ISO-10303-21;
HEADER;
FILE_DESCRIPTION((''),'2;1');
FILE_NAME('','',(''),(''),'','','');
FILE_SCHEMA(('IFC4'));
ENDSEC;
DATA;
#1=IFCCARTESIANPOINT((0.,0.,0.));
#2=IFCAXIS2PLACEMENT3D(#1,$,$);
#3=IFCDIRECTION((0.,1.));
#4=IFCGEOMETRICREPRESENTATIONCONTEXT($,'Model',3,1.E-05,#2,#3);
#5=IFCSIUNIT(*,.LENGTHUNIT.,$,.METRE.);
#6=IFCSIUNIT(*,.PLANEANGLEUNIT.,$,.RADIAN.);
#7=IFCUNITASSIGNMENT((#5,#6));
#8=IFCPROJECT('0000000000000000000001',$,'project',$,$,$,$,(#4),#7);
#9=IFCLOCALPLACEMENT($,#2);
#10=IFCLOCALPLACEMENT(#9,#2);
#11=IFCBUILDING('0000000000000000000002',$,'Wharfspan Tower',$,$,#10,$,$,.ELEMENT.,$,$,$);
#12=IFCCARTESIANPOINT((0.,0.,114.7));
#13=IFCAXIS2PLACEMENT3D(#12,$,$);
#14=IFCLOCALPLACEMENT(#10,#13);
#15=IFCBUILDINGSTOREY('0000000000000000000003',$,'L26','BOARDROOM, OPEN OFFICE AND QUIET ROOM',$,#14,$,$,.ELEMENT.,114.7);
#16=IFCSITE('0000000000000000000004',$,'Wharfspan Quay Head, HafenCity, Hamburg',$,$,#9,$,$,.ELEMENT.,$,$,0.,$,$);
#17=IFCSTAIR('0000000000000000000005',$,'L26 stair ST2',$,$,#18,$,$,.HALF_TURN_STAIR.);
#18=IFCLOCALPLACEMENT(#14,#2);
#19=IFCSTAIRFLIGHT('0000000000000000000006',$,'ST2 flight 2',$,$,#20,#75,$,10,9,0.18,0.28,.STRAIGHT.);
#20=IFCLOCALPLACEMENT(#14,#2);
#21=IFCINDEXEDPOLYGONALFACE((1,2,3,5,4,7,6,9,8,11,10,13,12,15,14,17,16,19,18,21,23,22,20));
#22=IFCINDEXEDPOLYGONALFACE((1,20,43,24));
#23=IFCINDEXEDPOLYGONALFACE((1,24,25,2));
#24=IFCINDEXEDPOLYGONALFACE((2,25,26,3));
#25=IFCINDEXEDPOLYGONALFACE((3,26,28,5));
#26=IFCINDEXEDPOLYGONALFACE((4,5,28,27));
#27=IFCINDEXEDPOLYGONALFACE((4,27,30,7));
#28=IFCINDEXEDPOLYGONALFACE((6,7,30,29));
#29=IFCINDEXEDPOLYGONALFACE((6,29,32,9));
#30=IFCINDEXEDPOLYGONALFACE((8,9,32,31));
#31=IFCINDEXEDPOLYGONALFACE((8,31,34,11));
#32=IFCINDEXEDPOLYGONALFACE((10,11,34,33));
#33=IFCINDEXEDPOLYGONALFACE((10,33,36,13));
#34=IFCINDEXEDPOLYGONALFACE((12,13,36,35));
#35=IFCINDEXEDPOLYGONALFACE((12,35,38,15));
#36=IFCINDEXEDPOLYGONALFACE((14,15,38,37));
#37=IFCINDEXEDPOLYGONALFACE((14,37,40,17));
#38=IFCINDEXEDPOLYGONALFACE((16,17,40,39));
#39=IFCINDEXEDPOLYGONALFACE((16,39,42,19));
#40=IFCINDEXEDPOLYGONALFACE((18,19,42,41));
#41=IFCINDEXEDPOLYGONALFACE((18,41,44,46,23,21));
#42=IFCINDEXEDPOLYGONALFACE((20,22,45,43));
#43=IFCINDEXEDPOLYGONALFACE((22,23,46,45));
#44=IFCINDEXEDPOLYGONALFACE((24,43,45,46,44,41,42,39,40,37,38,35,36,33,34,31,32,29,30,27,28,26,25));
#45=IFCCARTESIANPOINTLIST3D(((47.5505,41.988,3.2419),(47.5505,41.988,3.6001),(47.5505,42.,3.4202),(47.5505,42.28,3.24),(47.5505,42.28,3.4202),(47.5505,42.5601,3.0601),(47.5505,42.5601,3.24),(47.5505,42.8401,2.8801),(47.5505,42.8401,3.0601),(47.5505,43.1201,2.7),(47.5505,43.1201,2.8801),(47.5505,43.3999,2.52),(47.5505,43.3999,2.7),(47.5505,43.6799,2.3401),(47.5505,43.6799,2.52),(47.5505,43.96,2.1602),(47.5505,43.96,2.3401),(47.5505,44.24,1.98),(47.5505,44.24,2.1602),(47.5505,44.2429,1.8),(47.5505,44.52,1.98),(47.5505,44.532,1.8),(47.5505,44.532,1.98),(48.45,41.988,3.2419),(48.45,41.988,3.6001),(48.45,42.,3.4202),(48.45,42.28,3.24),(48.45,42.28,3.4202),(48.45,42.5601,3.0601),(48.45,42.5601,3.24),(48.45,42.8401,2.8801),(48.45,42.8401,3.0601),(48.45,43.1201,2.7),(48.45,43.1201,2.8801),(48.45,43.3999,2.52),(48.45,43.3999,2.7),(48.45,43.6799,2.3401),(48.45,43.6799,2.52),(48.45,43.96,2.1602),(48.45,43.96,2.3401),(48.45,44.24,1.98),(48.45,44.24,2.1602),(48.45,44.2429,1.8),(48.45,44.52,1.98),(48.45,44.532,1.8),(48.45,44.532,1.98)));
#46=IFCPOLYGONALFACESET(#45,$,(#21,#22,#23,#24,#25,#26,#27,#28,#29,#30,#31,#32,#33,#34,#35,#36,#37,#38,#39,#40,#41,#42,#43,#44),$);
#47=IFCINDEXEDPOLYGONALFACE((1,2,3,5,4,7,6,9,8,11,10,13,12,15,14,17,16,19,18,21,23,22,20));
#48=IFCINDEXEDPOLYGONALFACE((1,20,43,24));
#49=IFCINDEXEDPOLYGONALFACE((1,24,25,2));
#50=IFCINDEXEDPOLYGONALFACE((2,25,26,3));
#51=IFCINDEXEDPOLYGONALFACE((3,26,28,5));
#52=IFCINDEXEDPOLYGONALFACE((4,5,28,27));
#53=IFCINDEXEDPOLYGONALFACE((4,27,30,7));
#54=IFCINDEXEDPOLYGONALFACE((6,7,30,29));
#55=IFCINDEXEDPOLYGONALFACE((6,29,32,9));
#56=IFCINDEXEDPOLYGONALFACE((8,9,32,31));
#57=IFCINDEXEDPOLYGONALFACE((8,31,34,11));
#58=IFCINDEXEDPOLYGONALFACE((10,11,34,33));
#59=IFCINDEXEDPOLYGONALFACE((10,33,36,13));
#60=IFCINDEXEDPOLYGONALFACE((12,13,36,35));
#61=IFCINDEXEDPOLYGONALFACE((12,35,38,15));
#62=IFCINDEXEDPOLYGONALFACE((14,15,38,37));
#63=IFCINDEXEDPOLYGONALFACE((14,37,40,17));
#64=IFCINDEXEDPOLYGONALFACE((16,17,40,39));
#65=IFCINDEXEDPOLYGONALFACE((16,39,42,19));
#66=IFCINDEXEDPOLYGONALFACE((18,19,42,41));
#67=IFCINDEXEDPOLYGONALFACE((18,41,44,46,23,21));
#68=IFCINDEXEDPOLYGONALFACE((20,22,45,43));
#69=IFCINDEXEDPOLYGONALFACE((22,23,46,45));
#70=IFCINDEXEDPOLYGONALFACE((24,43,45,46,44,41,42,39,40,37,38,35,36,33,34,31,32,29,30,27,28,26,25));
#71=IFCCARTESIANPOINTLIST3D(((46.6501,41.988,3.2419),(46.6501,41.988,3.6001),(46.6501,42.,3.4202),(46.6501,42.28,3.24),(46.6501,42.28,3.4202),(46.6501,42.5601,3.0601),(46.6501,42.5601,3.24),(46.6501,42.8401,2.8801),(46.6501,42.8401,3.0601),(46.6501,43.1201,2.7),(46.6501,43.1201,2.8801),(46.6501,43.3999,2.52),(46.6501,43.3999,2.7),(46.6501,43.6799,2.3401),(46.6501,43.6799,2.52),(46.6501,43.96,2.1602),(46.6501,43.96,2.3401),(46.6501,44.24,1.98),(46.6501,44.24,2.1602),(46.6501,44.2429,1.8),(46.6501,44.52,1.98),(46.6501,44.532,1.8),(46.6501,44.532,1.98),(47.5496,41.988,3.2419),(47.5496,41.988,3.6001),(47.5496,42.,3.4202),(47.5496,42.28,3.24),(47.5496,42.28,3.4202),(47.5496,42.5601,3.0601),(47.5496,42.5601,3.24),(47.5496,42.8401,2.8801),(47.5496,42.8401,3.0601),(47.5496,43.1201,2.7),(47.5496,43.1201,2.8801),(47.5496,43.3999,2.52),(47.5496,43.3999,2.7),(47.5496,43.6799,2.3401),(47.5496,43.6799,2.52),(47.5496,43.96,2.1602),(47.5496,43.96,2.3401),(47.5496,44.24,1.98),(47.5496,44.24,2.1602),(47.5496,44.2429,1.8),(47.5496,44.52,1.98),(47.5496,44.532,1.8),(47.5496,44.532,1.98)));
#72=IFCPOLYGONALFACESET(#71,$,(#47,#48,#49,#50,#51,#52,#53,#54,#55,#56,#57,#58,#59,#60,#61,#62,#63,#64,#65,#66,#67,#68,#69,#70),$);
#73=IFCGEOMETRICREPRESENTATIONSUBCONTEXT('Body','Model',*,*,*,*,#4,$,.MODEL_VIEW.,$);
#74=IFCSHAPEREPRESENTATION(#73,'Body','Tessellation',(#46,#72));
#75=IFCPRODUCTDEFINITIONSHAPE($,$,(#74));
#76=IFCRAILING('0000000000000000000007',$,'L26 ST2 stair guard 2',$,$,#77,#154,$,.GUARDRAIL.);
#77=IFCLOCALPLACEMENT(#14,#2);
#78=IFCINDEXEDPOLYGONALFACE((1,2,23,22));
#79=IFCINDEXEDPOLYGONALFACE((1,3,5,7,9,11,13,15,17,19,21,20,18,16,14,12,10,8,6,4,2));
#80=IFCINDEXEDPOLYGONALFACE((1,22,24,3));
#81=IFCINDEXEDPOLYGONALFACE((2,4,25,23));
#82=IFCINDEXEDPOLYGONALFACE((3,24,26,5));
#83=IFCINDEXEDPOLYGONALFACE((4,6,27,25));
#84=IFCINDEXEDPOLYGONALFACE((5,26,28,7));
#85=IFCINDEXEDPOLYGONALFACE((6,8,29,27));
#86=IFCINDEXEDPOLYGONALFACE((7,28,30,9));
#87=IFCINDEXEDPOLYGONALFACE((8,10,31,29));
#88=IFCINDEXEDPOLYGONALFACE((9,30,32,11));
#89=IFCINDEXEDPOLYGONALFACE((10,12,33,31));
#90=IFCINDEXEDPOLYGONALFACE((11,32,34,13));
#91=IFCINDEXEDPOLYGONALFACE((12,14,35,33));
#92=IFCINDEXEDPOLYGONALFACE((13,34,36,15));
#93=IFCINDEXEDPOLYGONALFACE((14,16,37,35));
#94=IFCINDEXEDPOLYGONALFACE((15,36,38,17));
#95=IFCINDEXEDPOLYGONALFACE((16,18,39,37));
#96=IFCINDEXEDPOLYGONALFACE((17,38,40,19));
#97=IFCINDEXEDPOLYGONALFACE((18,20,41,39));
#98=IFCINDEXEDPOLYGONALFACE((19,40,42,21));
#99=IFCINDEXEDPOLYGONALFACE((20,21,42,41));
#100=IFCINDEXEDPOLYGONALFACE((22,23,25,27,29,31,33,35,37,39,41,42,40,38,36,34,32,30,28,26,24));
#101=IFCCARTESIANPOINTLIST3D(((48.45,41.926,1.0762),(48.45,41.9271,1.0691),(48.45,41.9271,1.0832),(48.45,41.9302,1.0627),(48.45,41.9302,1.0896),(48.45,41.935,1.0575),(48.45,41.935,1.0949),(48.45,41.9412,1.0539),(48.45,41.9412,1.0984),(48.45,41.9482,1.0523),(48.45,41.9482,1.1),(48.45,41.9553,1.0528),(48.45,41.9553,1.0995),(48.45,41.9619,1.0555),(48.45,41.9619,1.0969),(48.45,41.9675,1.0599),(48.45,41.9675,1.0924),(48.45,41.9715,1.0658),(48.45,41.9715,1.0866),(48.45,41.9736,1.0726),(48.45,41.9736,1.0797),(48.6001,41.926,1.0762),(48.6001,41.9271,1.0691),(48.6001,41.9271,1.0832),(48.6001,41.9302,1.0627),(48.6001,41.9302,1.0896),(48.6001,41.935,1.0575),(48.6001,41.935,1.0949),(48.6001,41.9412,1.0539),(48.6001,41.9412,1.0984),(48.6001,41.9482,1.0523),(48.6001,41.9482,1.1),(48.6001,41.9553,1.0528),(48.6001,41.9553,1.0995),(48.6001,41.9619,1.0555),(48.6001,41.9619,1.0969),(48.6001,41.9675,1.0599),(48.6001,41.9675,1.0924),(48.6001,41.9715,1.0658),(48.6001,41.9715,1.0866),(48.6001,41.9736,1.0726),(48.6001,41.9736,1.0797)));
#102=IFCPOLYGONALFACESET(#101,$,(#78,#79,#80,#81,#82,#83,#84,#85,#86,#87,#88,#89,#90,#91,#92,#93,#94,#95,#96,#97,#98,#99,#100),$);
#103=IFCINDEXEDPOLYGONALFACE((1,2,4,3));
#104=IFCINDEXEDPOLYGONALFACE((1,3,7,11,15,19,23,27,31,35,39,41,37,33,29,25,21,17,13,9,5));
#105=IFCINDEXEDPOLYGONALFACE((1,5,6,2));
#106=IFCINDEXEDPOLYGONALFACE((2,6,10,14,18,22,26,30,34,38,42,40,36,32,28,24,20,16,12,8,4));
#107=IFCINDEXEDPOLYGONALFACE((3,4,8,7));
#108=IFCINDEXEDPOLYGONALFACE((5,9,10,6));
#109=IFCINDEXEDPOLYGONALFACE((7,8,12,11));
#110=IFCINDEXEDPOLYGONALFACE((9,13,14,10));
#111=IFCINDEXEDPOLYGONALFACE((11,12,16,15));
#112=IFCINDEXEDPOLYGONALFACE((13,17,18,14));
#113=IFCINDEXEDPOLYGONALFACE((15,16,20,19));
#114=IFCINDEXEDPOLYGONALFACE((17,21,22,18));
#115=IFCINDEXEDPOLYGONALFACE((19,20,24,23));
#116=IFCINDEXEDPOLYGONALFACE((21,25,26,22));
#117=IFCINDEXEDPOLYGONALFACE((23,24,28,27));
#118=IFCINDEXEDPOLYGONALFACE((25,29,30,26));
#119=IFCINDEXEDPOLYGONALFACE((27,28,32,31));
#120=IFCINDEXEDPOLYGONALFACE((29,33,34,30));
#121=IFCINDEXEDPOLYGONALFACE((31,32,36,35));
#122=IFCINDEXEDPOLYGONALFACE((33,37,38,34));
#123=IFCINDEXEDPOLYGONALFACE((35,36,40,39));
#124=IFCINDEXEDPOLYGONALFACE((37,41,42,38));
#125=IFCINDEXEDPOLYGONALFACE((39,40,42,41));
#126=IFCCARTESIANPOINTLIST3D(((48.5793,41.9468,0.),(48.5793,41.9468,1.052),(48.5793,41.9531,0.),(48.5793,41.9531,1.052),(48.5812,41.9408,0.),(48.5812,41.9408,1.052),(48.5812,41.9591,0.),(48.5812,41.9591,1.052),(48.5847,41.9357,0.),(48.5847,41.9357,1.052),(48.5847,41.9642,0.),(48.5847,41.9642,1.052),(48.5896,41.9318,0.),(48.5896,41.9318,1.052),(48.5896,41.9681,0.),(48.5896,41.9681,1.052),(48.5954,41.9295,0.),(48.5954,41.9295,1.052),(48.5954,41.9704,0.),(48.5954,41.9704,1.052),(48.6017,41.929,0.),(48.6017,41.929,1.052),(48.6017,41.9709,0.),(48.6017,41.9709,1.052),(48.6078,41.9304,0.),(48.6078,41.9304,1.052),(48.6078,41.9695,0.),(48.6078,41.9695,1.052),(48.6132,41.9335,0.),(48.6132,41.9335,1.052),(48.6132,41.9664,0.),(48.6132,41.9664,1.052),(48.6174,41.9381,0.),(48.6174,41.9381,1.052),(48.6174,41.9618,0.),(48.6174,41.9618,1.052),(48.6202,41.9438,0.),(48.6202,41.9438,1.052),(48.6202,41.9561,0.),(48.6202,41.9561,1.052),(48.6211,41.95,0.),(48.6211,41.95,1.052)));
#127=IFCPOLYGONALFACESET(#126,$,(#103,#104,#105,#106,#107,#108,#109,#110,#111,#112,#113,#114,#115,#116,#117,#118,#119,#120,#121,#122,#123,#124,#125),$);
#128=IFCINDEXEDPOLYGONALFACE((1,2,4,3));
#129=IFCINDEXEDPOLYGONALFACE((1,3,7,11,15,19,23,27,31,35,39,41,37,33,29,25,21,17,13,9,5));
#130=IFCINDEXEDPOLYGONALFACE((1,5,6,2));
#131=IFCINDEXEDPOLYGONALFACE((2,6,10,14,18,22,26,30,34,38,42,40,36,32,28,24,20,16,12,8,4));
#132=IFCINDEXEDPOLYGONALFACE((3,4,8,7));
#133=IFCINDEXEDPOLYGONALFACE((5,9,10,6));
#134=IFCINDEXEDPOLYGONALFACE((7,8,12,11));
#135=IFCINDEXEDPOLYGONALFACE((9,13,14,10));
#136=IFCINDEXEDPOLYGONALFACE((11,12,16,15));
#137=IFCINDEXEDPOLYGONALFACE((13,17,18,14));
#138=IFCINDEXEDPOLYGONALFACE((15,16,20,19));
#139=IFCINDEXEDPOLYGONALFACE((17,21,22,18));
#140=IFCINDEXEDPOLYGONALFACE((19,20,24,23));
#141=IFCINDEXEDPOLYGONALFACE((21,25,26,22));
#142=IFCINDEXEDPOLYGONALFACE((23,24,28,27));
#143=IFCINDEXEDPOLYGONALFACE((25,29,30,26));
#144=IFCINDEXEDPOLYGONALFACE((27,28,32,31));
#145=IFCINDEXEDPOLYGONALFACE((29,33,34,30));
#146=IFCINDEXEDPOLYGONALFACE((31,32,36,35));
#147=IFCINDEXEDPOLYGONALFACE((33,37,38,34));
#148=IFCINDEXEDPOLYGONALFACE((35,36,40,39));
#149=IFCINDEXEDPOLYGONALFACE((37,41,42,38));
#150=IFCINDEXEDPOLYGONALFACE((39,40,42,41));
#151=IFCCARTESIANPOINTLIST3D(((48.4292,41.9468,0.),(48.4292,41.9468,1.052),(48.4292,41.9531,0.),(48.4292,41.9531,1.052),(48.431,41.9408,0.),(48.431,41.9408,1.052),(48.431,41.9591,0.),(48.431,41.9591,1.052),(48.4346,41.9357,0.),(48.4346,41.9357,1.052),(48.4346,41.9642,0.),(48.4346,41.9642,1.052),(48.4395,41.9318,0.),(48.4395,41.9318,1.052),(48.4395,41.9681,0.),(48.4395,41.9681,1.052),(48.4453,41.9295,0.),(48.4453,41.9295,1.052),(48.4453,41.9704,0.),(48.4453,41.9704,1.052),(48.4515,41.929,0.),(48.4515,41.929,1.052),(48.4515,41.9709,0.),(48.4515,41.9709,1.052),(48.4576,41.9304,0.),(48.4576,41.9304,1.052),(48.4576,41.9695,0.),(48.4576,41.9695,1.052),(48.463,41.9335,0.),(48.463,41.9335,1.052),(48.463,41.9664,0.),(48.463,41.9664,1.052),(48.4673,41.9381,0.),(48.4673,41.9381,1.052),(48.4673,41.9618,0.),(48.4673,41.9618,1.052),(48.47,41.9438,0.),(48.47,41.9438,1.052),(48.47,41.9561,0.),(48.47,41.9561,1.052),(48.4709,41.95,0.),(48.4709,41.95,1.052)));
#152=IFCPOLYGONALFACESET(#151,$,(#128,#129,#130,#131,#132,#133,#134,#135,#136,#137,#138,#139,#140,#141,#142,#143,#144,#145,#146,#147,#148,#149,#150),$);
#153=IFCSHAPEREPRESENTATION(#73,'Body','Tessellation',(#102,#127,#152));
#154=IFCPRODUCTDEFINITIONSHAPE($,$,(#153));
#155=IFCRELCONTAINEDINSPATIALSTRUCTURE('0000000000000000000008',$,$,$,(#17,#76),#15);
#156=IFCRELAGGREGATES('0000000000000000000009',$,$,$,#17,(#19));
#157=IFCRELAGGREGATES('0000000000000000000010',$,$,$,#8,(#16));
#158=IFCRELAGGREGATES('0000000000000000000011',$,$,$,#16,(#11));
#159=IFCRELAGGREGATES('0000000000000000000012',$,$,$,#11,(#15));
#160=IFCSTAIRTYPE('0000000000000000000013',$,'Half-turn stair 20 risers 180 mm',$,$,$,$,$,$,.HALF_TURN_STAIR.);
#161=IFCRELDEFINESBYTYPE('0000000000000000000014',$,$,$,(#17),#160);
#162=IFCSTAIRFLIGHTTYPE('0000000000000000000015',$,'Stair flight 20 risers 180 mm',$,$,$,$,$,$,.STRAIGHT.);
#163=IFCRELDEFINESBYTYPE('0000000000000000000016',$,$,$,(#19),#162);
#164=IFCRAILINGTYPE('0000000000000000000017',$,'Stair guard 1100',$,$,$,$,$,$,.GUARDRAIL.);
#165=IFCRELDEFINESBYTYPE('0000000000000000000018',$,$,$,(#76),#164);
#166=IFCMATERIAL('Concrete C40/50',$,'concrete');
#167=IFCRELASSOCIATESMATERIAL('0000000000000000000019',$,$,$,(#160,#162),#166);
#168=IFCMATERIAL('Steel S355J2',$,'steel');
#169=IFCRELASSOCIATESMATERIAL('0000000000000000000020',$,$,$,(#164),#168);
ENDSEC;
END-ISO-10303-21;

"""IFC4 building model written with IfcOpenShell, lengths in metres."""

from ifc_helpers import new_model, si_unit, direction, frame, origin, origin_2d, place, context, subcontext, project, spatial, polyline, circle, outline, extrude, material, type_object, element, aggregate, save


model = new_model("IFC4")

# Units and contexts
model_context = context("Model", 3, precision=1e-05, world=origin(), true_north=direction((0.0, 1.0)))
body_context = subcontext(model_context, "Body", "Model", "MODEL_VIEW")
ifc_project = project(units=[si_unit("LENGTHUNIT", "METRE"), si_unit("PLANEANGLEUNIT", "RADIAN")], contexts=[model_context])

# Site, building, storey
site_placement = place(None, origin())
site = spatial("IfcSite", under=ifc_project, at=site_placement, Name="Wharfspan Quay Head, HafenCity, Hamburg", CompositionType="ELEMENT", RefElevation=0.0)
building_placement = place(site_placement, origin())
building = spatial("IfcBuilding", under=site, at=building_placement, Name="Wharfspan Tower", CompositionType="ELEMENT")
storey_placement = place(building_placement, frame((0.0, 0.0, 114.7)))
storey = spatial("IfcBuildingStorey", under=building, at=storey_placement, Name="L26", Description="BOARDROOM, OPEN OFFICE AND QUIET ROOM", CompositionType="ELEMENT", Elevation=114.7)

# Shared definitions
ifc_material_1 = material(Name="Steel S355J2", Category="steel")

# Shared definitions
ifc_material_2 = material(Name="Concrete C40/50", Category="concrete")

# Stair, stair flight
stair_type = type_object("IfcStairType", Name="Half-turn stair 20 risers 180 mm", PredefinedType="HALF_TURN_STAIR", material=ifc_material_2)
stair_placement = place(storey_placement, origin())
stair = element("IfcStair", 1, at=stair_placement, inside=storey, type_object=stair_type, Name="L26 stair ST2", PredefinedType="HALF_TURN_STAIR")
stair_flight_type = type_object("IfcStairFlightType", Name="Stair flight 20 risers 180 mm", PredefinedType="STRAIGHT", material=ifc_material_2)
stair_flight_1_placement = place(storey_placement, frame((47.55, 44.52, 1.8), z_axis=(0.0, 0.0, 1.0), x_axis=(0.0, -1.0, 0.0)))
stair_flight_1 = element("IfcStairFlight", 2, at=stair_flight_1_placement, type_object=stair_flight_type, Name="ST2 flight 2", NumberOfRisers=10, NumberOfTreads=9, PredefinedType="STRAIGHT", RiserHeight=0.18, TreadLength=0.28, context=body_context, shape_type="SweptSolid", body=[
    extrude(outline(polyline([(-0.012, 0.0), (-0.012, 0.1799), (0.0, 0.1799), (0.28, 0.1799), (0.28, 0.3601), (0.5601, 0.3601), (0.5601, 0.54), (0.8401, 0.54), (0.8401, 0.72), (1.1201, 0.72), (1.1201, 0.8999), (1.3999, 0.8999), (1.3999, 1.0801), (1.6799, 1.0801), (1.6799, 1.26), (1.96, 1.26), (1.96, 1.4399), (2.24, 1.4399), (2.24, 1.6201), (2.52, 1.6201), (2.532, 1.8), (2.532, 1.4419), (0.2771, 0.0), (-0.012, 0.0)])), frame((0.0, 0.8999, 0.0), z_axis=(0.0, -1.0, 0.0), x_axis=(1.0, 0.0, 0.0)), (0.0, 0.0, 1.0), 0.8994),
    extrude(outline(polyline([(-0.012, 0.0), (-0.012, 0.1799), (0.0, 0.1799), (0.28, 0.1799), (0.28, 0.3601), (0.5601, 0.3601), (0.5601, 0.54), (0.8401, 0.54), (0.8401, 0.72), (1.1201, 0.72), (1.1201, 0.8999), (1.3999, 0.8999), (1.3999, 1.0801), (1.6799, 1.0801), (1.6799, 1.26), (1.96, 1.26), (1.96, 1.4399), (2.24, 1.4399), (2.24, 1.6201), (2.52, 1.6201), (2.532, 1.8), (2.532, 1.4419), (0.2771, 0.0), (-0.012, 0.0)])), frame((0.0, -0.0005, 0.0), z_axis=(0.0, -1.0, 0.0), x_axis=(1.0, 0.0, 0.0)), (0.0, 0.0, 1.0), 0.8994),
])
aggregate(stair, [stair_flight_1])

# Railing
railing_type_1 = type_object("IfcRailingType", Name="Stair guard 1100", PredefinedType="GUARDRAIL", material=ifc_material_1)
railing_1_placement = place(storey_placement, frame((48.6001, 41.95, 0.0)))
element("IfcRailing", 3, at=railing_1_placement, inside=storey, type_object=railing_type_1, Name="L26 ST2 stair guard 2", PredefinedType="GUARDRAIL", context=body_context, shape_type="SweptSolid", body=[
    extrude(circle(Radius=0.0239, at=origin_2d()), frame((0.0, 0.0, 1.0762), z_axis=(-1.0, 0.0, 0.0), x_axis=(0.0, -1.0, 0.0)), (0.0, 0.0, 1.0), 0.1501),
    extrude(circle(Radius=0.021, at=origin_2d()), origin(), (0.0, 0.0, 1.0), 1.052),
    extrude(circle(Radius=0.021, at=origin_2d()), frame((-0.1501, 0.0, 0.0)), (0.0, 0.0, 1.0), 1.052),
])

save(model, "model.ifc")
